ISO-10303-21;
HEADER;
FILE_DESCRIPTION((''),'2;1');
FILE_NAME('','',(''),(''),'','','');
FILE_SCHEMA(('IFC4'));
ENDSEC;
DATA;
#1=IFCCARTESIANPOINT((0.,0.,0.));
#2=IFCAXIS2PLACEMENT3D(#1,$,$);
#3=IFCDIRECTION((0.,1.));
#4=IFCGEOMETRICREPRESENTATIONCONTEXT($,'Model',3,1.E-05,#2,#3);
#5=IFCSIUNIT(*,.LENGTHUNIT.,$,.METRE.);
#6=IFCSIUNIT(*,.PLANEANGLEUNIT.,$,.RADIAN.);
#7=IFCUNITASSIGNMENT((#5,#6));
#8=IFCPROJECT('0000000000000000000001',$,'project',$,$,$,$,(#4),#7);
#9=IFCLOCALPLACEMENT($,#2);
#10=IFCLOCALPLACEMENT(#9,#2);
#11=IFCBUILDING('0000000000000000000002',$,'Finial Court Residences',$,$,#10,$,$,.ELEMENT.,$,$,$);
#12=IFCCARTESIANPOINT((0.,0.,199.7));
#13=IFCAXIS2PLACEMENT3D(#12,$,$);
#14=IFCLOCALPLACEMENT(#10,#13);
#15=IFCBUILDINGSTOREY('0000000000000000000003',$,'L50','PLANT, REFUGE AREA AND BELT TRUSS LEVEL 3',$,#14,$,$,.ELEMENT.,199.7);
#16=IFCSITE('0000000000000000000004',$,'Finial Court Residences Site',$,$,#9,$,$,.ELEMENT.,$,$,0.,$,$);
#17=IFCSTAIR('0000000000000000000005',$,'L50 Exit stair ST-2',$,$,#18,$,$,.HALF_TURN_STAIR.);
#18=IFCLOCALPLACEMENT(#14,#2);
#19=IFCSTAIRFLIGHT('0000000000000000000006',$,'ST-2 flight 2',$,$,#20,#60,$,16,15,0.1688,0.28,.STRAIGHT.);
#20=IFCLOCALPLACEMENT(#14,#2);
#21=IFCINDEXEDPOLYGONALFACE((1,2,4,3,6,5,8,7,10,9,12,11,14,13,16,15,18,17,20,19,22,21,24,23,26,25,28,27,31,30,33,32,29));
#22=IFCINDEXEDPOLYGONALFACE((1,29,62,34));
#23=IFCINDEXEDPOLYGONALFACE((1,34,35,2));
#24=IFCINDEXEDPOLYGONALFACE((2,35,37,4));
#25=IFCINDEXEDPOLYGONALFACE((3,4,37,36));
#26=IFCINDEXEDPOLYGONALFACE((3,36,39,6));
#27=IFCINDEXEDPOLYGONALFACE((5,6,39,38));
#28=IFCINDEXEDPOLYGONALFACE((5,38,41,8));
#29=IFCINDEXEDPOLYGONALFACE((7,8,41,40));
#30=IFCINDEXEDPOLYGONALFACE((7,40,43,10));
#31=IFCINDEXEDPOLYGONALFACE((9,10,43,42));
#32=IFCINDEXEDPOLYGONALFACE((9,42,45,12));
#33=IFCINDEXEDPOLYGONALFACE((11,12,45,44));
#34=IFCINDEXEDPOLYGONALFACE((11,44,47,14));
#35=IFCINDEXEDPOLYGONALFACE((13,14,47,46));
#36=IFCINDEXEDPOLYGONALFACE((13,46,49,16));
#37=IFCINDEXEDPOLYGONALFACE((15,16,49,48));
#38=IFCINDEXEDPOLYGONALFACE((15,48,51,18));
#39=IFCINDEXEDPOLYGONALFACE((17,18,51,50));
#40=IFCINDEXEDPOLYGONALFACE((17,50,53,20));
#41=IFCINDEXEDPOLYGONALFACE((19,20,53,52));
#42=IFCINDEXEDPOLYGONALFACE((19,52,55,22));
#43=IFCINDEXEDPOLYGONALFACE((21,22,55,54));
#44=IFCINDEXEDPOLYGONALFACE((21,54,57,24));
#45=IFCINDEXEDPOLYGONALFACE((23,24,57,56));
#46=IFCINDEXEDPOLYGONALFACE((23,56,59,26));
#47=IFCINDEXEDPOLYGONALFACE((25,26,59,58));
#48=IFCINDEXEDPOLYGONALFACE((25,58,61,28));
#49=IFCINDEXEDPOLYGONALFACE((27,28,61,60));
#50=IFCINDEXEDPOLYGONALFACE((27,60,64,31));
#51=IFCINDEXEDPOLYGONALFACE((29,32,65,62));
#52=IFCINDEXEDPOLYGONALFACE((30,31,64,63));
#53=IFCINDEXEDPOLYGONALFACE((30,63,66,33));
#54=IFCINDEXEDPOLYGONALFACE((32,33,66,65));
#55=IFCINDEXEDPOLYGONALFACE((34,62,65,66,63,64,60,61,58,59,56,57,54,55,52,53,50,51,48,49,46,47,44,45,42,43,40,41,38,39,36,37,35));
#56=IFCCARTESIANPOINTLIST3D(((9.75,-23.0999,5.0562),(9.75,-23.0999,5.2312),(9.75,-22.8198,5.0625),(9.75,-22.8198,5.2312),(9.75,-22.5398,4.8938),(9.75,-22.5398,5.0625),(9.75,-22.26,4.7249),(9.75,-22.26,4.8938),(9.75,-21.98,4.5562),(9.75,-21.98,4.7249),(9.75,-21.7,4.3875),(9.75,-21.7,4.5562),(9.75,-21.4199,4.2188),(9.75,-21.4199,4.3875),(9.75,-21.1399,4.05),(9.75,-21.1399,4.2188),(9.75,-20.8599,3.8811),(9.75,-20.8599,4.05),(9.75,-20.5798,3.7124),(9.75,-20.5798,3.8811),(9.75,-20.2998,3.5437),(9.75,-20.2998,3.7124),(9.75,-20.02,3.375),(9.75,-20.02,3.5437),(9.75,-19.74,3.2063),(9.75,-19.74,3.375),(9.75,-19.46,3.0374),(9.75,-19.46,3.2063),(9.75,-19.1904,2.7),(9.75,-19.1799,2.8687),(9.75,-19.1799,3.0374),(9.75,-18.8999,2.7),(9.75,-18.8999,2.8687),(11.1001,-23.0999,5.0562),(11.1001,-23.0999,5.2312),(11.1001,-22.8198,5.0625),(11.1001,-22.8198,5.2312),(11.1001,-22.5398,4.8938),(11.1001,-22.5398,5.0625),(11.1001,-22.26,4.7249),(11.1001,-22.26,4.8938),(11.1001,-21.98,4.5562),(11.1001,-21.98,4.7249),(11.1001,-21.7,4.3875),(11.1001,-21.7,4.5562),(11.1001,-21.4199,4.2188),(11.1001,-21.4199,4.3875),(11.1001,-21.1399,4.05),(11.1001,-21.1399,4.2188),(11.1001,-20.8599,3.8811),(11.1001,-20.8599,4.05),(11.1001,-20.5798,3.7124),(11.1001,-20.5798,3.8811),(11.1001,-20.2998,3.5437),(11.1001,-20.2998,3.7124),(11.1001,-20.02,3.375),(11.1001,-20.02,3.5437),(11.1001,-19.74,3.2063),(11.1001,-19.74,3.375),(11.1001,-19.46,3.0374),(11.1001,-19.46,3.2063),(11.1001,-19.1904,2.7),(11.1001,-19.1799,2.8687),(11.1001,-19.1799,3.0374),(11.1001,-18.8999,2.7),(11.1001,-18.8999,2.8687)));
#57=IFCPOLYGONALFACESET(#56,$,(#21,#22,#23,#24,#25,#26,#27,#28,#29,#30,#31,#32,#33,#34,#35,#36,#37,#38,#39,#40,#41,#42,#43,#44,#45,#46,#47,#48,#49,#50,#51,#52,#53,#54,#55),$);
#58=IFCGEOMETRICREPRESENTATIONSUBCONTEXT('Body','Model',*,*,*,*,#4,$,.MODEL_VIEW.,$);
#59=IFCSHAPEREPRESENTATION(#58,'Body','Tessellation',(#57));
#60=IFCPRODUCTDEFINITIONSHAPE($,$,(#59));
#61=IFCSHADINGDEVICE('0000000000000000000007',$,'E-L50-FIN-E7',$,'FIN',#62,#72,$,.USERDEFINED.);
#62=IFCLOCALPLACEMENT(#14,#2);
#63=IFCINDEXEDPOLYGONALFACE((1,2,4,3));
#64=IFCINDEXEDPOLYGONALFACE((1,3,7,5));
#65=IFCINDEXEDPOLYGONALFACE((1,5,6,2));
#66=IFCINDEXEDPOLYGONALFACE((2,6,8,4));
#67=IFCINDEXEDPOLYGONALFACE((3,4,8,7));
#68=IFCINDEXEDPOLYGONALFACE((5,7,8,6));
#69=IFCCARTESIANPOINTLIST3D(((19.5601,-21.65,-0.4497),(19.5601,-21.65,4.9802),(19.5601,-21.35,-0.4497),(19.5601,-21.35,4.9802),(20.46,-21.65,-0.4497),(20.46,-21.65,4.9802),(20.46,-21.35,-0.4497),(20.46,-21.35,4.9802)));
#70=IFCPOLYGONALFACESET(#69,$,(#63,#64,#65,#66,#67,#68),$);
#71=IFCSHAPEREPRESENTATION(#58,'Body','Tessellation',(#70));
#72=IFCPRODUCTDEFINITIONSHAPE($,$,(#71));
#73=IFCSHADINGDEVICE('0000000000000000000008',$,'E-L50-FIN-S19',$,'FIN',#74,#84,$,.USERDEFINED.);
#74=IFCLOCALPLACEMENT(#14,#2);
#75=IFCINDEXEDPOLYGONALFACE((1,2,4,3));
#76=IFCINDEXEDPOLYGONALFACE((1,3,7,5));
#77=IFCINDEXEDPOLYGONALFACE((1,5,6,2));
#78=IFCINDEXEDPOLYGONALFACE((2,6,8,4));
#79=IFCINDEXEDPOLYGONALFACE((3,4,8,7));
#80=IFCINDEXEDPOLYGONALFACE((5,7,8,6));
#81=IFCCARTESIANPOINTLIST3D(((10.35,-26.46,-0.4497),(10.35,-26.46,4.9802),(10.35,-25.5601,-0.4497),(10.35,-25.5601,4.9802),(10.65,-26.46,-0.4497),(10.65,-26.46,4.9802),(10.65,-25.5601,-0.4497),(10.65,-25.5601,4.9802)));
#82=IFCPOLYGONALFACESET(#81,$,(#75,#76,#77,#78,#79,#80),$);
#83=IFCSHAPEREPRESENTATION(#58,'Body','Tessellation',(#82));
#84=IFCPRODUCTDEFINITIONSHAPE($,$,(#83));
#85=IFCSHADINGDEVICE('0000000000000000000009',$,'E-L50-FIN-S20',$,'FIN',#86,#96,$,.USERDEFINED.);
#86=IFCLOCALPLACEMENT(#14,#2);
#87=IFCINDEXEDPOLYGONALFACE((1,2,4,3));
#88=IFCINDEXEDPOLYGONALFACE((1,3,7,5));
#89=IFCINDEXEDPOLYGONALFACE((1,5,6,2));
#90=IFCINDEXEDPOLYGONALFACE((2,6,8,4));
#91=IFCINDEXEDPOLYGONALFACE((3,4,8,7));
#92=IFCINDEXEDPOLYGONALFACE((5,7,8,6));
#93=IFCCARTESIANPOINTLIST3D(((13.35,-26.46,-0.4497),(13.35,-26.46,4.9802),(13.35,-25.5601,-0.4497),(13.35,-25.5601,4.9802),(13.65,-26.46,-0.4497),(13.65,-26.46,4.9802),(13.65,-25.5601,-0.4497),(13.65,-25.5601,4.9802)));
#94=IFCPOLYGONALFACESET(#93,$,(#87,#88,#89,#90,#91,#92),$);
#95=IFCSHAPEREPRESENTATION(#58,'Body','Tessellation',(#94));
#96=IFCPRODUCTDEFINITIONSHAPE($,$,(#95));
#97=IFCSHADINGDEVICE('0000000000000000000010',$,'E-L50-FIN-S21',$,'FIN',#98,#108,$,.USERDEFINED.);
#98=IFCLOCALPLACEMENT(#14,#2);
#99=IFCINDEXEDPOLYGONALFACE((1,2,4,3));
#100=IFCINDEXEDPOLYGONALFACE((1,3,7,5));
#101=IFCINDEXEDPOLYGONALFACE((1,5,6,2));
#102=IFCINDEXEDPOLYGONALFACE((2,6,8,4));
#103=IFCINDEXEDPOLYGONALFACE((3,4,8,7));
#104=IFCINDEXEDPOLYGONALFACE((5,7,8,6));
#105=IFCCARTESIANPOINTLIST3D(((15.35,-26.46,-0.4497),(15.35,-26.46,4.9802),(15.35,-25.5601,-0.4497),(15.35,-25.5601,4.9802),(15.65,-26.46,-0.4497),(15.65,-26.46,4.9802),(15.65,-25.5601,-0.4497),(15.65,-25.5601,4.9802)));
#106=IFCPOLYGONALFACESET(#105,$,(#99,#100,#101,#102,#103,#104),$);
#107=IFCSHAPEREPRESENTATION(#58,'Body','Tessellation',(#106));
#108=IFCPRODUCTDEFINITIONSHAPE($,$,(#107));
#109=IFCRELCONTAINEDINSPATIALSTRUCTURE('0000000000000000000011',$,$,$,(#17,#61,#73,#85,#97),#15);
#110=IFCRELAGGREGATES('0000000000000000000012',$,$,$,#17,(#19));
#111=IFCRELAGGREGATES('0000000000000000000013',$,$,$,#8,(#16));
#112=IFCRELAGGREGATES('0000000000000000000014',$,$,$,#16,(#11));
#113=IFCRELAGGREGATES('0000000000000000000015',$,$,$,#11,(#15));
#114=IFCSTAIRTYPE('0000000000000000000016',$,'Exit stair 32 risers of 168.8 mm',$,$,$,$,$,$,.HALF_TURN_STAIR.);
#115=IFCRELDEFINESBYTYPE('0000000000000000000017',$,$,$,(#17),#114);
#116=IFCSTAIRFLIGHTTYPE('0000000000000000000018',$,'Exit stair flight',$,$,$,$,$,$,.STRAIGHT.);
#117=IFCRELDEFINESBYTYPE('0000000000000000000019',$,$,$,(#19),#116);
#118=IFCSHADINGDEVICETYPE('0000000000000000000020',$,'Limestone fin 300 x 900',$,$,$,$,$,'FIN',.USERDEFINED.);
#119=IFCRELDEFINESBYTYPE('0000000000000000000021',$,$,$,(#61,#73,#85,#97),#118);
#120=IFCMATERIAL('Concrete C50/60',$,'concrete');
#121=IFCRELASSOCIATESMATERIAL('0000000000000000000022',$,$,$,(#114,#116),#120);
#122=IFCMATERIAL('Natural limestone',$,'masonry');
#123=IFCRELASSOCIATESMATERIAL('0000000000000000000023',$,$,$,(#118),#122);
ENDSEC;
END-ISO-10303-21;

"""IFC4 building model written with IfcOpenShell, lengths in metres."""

from ifc_helpers import new_model, si_unit, direction, frame, origin, origin_2d, place, context, subcontext, project, spatial, polyline, rectangle, outline, extrude, material, type_object, element, aggregate, save


model = new_model("IFC4")

# Units and contexts
model_context = context("Model", 3, precision=1e-05, world=origin(), true_north=direction((0.0, 1.0)))
body_context = subcontext(model_context, "Body", "Model", "MODEL_VIEW")
ifc_project = project(units=[si_unit("LENGTHUNIT", "METRE"), si_unit("PLANEANGLEUNIT", "RADIAN")], contexts=[model_context])

# Site, building, storey
site_placement = place(None, origin())
site = spatial("IfcSite", under=ifc_project, at=site_placement, Name="Finial Court Residences Site", CompositionType="ELEMENT", RefElevation=0.0)
building_placement = place(site_placement, origin())
building = spatial("IfcBuilding", under=site, at=building_placement, Name="Finial Court Residences", CompositionType="ELEMENT")
storey_placement = place(building_placement, frame((0.0, 0.0, 199.7)))
storey = spatial("IfcBuildingStorey", under=building, at=storey_placement, Name="L50", Description="PLANT, REFUGE AREA AND BELT TRUSS LEVEL 3", CompositionType="ELEMENT", Elevation=199.7)

# Shared definitions
ifc_material_1 = material(Name="Natural limestone", Category="masonry")

# Stair, stair flight
ifc_material_2 = material(Name="Concrete C50/60", Category="concrete")
stair_type = type_object("IfcStairType", Name="Exit stair 32 risers of 168.8 mm", PredefinedType="HALF_TURN_STAIR", material=ifc_material_2)
stair_placement = place(storey_placement, origin())
stair = element("IfcStair", 1, at=stair_placement, inside=storey, type_object=stair_type, Name="L50 Exit stair ST-2", PredefinedType="HALF_TURN_STAIR")
stair_flight_type = type_object("IfcStairFlightType", Name="Exit stair flight", PredefinedType="STRAIGHT", material=ifc_material_2)
stair_flight_1_placement = place(storey_placement, frame((10.425, -18.8999, 2.7), z_axis=(0.0, 0.0, 1.0), x_axis=(0.0, -1.0, 0.0)))
stair_flight_1 = element("IfcStairFlight", 2, at=stair_flight_1_placement, type_object=stair_flight_type, Name="ST-2 flight 2", NumberOfRisers=16, NumberOfTreads=15, PredefinedType="STRAIGHT", RiserHeight=0.1688, TreadLength=0.28, context=body_context, shape_type="SweptSolid", body=[
    extrude(outline(polyline([(0.0, 0.0), (0.0, 0.1687), (0.28, 0.1687), (0.28, 0.3374), (0.5601, 0.3374), (0.5601, 0.5063), (0.8401, 0.5063), (0.8401, 0.675), (1.1201, 0.675), (1.1201, 0.8438), (1.3999, 0.8438), (1.3999, 1.0125), (1.6799, 1.0125), (1.6799, 1.1812), (1.96, 1.1812), (1.96, 1.3501), (2.24, 1.3501), (2.24, 1.5188), (2.52, 1.5188), (2.52, 1.6875), (2.8, 1.6875), (2.8, 1.8562), (3.0801, 1.8562), (3.0801, 2.0249), (3.3601, 2.0249), (3.3601, 2.1938), (3.6399, 2.1938), (3.6399, 2.3625), (3.9199, 2.3625), (3.9199, 2.5312), (4.2, 2.5312), (4.2, 2.7), (4.2, 2.3562), (0.2905, 0.0), (0.0, 0.0)])), frame((0.0, 0.675, 0.0), z_axis=(0.0, -1.0, 0.0), x_axis=(1.0, 0.0, 0.0)), (0.0, 0.0, 1.0), 1.3501),
])
aggregate(stair, [stair_flight_1])

# Shading devices
shading_device_type = type_object("IfcShadingDeviceType", Name="Limestone fin 300 x 900", ElementType="FIN", PredefinedType="USERDEFINED", material=ifc_material_1)
shading_device_placement = place(storey_placement, frame((20.01, -21.5, -0.4497), z_axis=(0.0, 0.0, 1.0), x_axis=(1.0, 0.0, 0.0)))
element("IfcShadingDevice", 3, at=shading_device_placement, inside=storey, type_object=shading_device_type, Name="E-L50-FIN-E7", ObjectType="FIN", PredefinedType="USERDEFINED", context=body_context, shape_type="SweptSolid", body=[
    extrude(rectangle(XDim=0.8999, YDim=0.3, at=origin_2d()), origin(), (0.0, 0.0, 1.0), 5.4299),
])
for number, where, z_axis, x_axis, name in (
    (4, (10.5, -26.01, -0.4497), (0.0, 0.0, 1.0), (1.0, 0.0, 0.0), "E-L50-FIN-S19"),
    (5, (13.5, -26.01, -0.4497), (0.0, 0.0, 1.0), (1.0, 0.0, 0.0), "E-L50-FIN-S20"),
    (6, (15.5, -26.01, -0.4497), (0.0, 0.0, 1.0), (1.0, 0.0, 0.0), "E-L50-FIN-S21"),
):
    element("IfcShadingDevice", number, at=place(storey_placement, frame(where, z_axis=z_axis, x_axis=x_axis)), inside=storey, type_object=shading_device_type, Name=name, ObjectType="FIN", PredefinedType="USERDEFINED", context=body_context, shape_type="SweptSolid", body=[
        extrude(rectangle(XDim=0.3, YDim=0.8999, at=origin_2d()), origin(), (0.0, 0.0, 1.0), 5.4299),
    ])

save(model, "model.ifc")
